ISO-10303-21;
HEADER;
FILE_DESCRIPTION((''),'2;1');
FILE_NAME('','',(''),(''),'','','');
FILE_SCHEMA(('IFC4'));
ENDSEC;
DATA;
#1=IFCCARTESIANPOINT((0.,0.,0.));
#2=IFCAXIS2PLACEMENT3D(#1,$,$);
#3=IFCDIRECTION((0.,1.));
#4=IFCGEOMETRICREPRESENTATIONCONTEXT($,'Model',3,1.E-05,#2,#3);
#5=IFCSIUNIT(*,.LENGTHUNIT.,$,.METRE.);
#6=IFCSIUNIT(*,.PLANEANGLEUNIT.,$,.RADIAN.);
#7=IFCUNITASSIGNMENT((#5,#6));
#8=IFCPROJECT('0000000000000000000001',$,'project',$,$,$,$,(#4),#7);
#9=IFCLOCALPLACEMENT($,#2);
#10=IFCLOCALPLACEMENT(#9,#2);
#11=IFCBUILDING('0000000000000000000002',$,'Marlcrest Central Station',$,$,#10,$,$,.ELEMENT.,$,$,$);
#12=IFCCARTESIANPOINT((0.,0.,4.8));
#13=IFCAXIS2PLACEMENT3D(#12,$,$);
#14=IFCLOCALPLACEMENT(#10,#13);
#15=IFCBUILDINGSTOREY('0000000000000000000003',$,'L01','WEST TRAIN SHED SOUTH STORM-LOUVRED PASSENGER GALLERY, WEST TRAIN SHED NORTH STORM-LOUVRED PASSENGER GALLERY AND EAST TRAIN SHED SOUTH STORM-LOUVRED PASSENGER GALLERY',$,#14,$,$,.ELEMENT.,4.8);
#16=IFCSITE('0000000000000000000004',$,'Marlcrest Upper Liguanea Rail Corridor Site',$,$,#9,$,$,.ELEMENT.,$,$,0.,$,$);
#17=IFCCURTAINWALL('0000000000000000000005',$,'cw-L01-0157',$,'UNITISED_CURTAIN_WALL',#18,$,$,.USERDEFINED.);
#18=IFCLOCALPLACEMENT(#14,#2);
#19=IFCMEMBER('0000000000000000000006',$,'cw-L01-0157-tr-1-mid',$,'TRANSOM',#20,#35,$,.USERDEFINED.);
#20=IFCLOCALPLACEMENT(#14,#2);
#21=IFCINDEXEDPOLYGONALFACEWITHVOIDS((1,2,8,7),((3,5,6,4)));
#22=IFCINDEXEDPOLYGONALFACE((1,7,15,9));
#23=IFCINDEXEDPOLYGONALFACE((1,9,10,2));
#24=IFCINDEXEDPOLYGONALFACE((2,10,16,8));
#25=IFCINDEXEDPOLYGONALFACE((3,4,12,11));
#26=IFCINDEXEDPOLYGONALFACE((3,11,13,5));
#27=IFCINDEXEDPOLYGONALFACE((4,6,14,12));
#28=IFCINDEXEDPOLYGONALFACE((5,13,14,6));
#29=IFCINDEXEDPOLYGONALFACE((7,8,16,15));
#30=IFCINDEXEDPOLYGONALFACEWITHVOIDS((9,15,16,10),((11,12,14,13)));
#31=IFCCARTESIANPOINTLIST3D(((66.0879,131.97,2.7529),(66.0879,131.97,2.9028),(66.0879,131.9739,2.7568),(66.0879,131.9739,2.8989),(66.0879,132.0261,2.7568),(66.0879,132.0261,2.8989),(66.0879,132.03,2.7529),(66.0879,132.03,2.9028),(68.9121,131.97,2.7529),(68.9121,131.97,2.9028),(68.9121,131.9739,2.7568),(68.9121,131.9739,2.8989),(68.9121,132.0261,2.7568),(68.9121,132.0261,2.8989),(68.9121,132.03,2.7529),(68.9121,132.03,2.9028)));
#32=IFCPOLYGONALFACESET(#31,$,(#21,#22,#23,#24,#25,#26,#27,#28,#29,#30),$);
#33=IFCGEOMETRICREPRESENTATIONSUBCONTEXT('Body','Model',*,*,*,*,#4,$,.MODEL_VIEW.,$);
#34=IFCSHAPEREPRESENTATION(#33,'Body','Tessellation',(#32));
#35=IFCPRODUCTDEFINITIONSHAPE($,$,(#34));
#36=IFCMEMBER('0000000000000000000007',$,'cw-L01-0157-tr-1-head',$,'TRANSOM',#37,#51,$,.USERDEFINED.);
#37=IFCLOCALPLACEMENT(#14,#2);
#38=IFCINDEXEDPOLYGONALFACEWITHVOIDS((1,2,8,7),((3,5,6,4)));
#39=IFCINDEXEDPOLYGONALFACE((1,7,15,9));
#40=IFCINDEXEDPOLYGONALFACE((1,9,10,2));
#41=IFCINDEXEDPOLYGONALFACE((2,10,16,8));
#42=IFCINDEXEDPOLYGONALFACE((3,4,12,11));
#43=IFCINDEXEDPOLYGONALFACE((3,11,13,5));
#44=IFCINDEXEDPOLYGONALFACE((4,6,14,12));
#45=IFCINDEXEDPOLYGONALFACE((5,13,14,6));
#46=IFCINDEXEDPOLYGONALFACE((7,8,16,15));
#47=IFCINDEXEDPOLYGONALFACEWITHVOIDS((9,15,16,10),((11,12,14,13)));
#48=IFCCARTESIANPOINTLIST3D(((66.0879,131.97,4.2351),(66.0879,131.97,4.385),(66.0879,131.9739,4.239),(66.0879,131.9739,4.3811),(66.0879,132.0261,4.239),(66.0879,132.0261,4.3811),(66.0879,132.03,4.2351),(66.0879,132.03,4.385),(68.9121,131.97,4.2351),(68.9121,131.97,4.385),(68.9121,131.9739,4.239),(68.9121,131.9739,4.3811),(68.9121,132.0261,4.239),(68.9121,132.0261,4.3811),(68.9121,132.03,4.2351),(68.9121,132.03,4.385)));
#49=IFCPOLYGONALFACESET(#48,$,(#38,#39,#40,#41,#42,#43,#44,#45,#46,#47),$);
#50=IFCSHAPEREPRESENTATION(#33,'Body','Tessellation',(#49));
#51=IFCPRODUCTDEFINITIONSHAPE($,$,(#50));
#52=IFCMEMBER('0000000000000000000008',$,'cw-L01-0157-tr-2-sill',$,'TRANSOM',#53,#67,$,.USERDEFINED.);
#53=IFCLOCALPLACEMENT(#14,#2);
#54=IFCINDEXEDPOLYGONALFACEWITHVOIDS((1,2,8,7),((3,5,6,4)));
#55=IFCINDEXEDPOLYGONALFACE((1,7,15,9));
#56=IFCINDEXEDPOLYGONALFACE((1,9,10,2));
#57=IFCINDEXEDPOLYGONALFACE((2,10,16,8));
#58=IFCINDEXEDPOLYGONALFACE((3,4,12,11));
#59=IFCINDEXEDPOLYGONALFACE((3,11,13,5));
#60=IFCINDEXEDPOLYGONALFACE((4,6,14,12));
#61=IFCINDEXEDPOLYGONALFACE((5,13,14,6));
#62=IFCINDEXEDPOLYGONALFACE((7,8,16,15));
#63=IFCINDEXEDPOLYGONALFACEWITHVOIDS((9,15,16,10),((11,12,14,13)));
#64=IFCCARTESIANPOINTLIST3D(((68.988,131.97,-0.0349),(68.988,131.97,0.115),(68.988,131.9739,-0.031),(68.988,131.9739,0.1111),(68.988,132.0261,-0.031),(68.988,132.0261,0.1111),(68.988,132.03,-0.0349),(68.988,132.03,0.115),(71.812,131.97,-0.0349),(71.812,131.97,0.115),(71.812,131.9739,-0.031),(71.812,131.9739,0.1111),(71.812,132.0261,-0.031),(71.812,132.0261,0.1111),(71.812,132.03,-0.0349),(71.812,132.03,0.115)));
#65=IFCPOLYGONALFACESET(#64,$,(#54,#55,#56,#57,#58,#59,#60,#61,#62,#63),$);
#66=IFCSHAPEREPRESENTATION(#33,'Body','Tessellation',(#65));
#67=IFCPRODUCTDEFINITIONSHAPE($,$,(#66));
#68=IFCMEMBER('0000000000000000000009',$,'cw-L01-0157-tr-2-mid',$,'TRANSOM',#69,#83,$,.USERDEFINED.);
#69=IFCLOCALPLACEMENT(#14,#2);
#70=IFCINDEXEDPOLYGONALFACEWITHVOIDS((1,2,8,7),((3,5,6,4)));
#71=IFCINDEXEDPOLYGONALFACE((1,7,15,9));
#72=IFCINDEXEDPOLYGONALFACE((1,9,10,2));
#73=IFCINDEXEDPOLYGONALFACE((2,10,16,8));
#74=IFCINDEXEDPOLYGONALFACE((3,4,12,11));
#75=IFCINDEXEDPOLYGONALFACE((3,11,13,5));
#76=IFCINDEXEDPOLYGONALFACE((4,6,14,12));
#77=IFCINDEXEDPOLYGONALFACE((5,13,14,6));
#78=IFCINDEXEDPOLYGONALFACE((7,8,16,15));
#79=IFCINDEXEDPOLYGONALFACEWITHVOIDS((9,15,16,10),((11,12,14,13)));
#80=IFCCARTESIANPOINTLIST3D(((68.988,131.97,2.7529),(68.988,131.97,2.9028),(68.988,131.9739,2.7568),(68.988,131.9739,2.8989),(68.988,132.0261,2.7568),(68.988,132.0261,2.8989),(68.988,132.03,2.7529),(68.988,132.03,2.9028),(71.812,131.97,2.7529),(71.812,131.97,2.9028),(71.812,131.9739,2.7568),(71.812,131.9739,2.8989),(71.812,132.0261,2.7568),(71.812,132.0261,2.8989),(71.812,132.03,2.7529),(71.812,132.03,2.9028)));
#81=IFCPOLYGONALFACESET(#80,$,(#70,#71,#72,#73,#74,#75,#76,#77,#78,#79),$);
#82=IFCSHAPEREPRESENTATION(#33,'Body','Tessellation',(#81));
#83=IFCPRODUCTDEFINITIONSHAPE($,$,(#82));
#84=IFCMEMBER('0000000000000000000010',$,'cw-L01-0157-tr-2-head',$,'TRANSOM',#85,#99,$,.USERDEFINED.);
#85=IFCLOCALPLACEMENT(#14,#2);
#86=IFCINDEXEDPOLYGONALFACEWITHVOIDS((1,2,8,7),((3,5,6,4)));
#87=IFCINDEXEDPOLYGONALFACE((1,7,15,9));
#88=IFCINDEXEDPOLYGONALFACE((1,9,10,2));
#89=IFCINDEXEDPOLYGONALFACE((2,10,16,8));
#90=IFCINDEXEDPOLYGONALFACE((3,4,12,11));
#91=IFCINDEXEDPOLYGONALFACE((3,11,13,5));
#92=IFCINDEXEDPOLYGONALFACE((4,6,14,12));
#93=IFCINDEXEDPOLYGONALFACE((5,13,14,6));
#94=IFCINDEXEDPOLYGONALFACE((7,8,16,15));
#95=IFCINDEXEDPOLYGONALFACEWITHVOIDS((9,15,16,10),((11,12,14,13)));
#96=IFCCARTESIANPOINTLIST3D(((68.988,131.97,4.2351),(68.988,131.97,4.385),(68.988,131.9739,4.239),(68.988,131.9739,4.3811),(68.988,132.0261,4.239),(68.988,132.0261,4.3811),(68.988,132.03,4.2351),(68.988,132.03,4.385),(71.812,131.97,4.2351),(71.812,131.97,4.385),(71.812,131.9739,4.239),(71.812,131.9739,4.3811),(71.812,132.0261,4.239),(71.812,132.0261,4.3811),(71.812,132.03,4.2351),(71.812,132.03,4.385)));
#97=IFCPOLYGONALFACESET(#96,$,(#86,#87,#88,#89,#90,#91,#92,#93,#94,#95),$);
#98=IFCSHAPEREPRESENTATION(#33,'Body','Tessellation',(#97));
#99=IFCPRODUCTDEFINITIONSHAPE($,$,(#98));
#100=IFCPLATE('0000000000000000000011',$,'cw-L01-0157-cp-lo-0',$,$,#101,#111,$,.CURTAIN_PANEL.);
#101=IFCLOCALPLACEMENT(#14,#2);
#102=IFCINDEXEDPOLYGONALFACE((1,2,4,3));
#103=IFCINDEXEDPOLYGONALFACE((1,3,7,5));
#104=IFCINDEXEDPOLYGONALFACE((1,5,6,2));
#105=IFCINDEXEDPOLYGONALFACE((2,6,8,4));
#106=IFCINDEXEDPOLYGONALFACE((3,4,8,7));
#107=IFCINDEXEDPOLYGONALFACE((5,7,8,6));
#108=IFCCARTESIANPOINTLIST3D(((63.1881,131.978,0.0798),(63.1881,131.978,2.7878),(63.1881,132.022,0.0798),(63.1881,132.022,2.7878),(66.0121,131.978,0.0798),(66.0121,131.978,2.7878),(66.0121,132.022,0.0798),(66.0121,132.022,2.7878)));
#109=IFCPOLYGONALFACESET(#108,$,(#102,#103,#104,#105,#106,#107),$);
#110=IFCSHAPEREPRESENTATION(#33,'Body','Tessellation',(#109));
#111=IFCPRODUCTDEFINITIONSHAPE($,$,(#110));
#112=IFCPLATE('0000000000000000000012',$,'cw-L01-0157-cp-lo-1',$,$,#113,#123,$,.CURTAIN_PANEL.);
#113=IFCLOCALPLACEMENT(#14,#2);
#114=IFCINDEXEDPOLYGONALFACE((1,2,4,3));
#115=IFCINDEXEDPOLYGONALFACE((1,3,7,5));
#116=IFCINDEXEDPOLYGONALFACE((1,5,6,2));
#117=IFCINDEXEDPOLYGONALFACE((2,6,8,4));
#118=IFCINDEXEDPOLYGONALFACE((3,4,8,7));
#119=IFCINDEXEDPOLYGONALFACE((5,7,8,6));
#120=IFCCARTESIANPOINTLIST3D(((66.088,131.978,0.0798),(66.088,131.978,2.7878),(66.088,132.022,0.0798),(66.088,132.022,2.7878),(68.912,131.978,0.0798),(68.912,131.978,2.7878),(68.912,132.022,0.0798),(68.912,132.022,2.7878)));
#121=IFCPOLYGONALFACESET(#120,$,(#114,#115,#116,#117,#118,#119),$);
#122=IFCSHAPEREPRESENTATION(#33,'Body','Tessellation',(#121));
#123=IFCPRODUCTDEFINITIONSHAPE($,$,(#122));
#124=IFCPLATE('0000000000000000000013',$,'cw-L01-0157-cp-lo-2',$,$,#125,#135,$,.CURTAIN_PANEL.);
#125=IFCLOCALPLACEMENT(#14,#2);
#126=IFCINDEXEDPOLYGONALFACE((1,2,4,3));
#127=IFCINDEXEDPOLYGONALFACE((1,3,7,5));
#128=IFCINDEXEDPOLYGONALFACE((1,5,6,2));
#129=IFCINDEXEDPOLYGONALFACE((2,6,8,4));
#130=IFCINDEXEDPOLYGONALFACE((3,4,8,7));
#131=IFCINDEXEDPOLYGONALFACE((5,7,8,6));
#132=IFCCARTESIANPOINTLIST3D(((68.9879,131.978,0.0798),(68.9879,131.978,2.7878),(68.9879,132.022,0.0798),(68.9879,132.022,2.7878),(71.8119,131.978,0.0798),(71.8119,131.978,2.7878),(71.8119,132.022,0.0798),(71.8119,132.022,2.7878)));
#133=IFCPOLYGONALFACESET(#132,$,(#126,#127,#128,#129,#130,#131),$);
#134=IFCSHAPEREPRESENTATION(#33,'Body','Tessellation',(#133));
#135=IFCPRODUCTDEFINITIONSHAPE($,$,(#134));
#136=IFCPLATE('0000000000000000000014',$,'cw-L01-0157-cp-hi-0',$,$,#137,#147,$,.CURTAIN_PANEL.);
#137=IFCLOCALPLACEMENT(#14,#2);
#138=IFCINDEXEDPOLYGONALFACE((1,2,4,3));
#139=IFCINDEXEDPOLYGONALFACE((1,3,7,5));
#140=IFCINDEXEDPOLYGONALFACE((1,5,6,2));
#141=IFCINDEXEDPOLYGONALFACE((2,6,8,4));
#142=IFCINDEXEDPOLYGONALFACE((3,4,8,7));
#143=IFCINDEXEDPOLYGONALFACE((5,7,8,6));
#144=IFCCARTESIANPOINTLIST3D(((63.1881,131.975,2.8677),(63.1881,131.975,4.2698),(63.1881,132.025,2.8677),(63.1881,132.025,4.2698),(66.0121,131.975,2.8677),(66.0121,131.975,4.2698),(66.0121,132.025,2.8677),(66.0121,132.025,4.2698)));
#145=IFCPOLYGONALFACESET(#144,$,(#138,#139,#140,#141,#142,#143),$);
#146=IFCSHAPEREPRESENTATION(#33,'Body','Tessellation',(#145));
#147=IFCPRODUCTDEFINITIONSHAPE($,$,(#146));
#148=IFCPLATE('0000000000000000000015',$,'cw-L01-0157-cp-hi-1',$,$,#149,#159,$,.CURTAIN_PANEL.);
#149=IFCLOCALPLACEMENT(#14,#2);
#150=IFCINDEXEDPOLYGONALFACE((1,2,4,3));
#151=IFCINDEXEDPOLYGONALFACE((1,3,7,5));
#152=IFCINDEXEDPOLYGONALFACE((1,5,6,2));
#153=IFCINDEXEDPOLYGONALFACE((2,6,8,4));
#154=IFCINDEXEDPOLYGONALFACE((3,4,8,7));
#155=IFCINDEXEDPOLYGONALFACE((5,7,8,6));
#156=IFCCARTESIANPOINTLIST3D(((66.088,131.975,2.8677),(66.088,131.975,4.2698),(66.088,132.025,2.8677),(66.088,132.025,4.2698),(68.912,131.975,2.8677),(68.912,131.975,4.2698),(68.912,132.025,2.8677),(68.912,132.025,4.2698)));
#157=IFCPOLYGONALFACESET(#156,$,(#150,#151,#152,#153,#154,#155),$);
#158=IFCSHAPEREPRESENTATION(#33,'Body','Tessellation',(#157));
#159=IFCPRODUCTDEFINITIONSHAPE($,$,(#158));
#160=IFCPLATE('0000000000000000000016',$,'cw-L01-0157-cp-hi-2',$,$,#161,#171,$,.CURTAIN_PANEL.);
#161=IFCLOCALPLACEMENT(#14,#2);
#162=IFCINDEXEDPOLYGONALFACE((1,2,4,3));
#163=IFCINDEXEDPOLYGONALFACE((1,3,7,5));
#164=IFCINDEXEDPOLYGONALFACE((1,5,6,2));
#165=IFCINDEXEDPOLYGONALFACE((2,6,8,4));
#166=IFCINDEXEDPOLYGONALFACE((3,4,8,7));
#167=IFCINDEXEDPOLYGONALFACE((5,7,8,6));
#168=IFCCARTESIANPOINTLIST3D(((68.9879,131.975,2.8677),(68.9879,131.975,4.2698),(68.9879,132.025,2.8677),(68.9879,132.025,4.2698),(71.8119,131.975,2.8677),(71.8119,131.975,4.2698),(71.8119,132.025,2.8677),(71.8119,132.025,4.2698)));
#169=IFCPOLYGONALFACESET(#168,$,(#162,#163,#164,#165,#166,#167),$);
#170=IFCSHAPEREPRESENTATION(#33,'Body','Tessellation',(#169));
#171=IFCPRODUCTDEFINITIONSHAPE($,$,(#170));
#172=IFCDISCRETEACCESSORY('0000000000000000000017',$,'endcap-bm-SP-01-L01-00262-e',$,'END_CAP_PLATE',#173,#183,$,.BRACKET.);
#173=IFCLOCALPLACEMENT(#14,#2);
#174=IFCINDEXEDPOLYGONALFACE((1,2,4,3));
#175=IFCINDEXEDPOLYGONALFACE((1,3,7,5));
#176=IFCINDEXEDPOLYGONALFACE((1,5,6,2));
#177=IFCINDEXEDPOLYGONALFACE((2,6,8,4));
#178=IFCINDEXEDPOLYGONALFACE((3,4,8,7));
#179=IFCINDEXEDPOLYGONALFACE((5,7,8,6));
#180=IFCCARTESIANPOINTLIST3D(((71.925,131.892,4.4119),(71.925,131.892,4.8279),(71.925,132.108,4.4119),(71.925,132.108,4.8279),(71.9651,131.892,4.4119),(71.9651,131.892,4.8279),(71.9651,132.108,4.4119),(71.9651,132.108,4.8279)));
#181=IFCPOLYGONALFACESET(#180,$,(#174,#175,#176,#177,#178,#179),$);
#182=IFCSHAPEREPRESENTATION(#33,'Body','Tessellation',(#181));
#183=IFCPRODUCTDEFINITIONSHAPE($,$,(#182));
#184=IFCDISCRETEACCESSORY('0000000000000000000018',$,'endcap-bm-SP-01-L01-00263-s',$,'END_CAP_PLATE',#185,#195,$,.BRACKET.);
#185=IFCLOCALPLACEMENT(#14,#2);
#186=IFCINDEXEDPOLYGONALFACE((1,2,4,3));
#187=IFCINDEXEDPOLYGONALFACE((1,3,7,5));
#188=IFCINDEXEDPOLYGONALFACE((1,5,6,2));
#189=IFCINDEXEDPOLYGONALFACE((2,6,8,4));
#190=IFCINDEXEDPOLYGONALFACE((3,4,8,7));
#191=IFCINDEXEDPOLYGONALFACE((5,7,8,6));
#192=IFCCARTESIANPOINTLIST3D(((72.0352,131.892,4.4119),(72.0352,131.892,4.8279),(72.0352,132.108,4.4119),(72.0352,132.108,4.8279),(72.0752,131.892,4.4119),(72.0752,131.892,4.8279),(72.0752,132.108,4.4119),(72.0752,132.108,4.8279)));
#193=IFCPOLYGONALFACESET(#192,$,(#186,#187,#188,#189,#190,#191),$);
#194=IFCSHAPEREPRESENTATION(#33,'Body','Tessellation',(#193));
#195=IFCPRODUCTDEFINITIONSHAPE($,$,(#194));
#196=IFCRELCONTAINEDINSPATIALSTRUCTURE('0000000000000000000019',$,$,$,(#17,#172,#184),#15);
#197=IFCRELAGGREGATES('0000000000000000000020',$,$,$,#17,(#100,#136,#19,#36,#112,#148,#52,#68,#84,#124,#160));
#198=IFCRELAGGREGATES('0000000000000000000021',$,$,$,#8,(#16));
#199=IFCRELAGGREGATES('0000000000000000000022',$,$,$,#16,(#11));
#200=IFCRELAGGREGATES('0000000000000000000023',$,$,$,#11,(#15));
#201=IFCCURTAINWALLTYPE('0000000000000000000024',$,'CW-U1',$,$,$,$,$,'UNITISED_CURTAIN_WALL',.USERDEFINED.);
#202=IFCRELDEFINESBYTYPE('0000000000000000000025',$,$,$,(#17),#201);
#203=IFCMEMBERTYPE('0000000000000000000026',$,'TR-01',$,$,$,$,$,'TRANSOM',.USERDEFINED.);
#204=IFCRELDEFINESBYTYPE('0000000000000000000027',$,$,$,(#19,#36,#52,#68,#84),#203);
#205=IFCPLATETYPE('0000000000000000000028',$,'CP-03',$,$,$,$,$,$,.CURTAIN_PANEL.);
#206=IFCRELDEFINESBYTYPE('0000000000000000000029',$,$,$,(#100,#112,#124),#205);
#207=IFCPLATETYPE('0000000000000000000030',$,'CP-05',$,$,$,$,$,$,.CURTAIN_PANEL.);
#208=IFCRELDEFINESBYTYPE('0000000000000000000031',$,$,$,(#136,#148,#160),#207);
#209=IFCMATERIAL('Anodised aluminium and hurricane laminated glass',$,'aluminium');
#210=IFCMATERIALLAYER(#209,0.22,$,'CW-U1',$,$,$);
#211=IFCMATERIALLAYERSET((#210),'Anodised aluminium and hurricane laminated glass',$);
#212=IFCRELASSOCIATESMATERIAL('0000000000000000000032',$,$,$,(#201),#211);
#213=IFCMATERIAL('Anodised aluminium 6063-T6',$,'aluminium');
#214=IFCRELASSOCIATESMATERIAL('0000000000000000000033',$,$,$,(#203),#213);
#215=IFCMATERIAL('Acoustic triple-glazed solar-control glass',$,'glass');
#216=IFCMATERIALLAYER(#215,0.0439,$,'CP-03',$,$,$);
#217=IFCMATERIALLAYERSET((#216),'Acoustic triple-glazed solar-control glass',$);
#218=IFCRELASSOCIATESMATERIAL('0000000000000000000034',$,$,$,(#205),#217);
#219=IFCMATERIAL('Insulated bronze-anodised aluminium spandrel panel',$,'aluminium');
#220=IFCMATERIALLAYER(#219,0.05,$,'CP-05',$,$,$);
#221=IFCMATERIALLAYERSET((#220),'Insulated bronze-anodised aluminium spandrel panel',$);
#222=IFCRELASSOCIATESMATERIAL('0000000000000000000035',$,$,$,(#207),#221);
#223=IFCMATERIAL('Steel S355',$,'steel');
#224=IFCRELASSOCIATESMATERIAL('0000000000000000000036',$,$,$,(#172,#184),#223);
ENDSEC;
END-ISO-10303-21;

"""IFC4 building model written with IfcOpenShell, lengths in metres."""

from ifc_helpers import new_model, si_unit, direction, frame, origin, origin_2d, place, context, subcontext, project, spatial, rectangle, hollow_rectangle, extrude, material, layer, layer_set, material_profile, profile_set, type_object, element, aggregate, save


model = new_model("IFC4")

# Units and contexts
model_context = context("Model", 3, precision=1e-05, world=origin(), true_north=direction((0.0, 1.0)))
body_context = subcontext(model_context, "Body", "Model", "MODEL_VIEW")
ifc_project = project(units=[si_unit("LENGTHUNIT", "METRE"), si_unit("PLANEANGLEUNIT", "RADIAN")], contexts=[model_context])

# Site, building, storey
site_placement = place(None, origin())
site = spatial("IfcSite", under=ifc_project, at=site_placement, Name="Marlcrest Upper Liguanea Rail Corridor Site", CompositionType="ELEMENT", RefElevation=0.0)
building_placement = place(site_placement, origin())
building = spatial("IfcBuilding", under=site, at=building_placement, Name="Marlcrest Central Station", CompositionType="ELEMENT")
storey_placement = place(building_placement, frame((0.0, 0.0, 4.8)))
storey = spatial("IfcBuildingStorey", under=building, at=storey_placement, Name="L01", Description="WEST TRAIN SHED SOUTH STORM-LOUVRED PASSENGER GALLERY, WEST TRAIN SHED NORTH STORM-LOUVRED PASSENGER GALLERY AND EAST TRAIN SHED SOUTH STORM-LOUVRED PASSENGER GALLERY", CompositionType="ELEMENT", Elevation=4.8)

# Shared definitions
ifc_material_1 = material(Name="Steel S355", Category="steel")

# Curtain wall
ifc_material_2 = material(Name="Anodised aluminium and hurricane laminated glass", Category="aluminium")
ifc_layer_1 = layer(ifc_material_2, 0.22, Name="CW-U1")
ifc_layer_set_1 = layer_set([ifc_layer_1], Name="Anodised aluminium and hurricane laminated glass")
curtain_wall_type = type_object("IfcCurtainWallType", Name="CW-U1", ElementType="UNITISED_CURTAIN_WALL", PredefinedType="USERDEFINED", material=ifc_layer_set_1)
curtain_wall_placement = place(storey_placement, origin())
curtain_wall = element("IfcCurtainWall", 1, at=curtain_wall_placement, inside=storey, type_object=curtain_wall_type, Name="cw-L01-0157", ObjectType="UNITISED_CURTAIN_WALL", PredefinedType="USERDEFINED")
ifc_material_3 = material(Name="Anodised aluminium 6063-T6", Category="aluminium")

# Members
ifc_material_profile_1 = material_profile(ifc_material_3, hollow_rectangle(XDim=0.0601, YDim=0.1499, WallThickness=0.0039, at=origin_2d()), Name="AA-RHS 150x60x4")
ifc_profile_set_1 = profile_set([ifc_material_profile_1], Name="Anodised aluminium 6063-T6")
member_type_1 = type_object("IfcMemberType", Name="TR-01", ElementType="TRANSOM", PredefinedType="USERDEFINED", material=ifc_profile_set_1)
member_1_placement = place(storey_placement, frame((66.0879, 132.0, 2.8279), z_axis=(1.0, 0.0, 0.0), x_axis=(0.0, 1.0, 0.0)))
member_1 = element("IfcMember", 2, at=member_1_placement, type_object=member_type_1, Name="cw-L01-0157-tr-1-mid", ObjectType="TRANSOM", PredefinedType="USERDEFINED", context=body_context, shape_type="SweptSolid", body=[
    extrude(hollow_rectangle(XDim=0.0601, YDim=0.1499, WallThickness=0.0039, at=origin_2d()), origin(), (0.0, 0.0, 1.0), 2.8242),
])
member_2_placement = place(storey_placement, frame((66.0879, 132.0, 4.3101), z_axis=(1.0, 0.0, 0.0), x_axis=(0.0, 1.0, 0.0)))
member_2 = element("IfcMember", 3, at=member_2_placement, type_object=member_type_1, Name="cw-L01-0157-tr-1-head", ObjectType="TRANSOM", PredefinedType="USERDEFINED", context=body_context, shape_type="SweptSolid", body=[
    extrude(hollow_rectangle(XDim=0.0601, YDim=0.1499, WallThickness=0.0039, at=origin_2d()), origin(), (0.0, 0.0, 1.0), 2.8242),
])
member_3_placement = place(storey_placement, frame((68.988, 132.0, 0.04), z_axis=(1.0, 0.0, 0.0), x_axis=(0.0, 1.0, 0.0)))
member_3 = element("IfcMember", 4, at=member_3_placement, type_object=member_type_1, Name="cw-L01-0157-tr-2-sill", ObjectType="TRANSOM", PredefinedType="USERDEFINED", context=body_context, shape_type="SweptSolid", body=[
    extrude(hollow_rectangle(XDim=0.0601, YDim=0.1499, WallThickness=0.0039, at=origin_2d()), origin(), (0.0, 0.0, 1.0), 2.824),
])
member_4_placement = place(storey_placement, frame((68.988, 132.0, 2.8279), z_axis=(1.0, 0.0, 0.0), x_axis=(0.0, 1.0, 0.0)))
member_4 = element("IfcMember", 5, at=member_4_placement, type_object=member_type_1, Name="cw-L01-0157-tr-2-mid", ObjectType="TRANSOM", PredefinedType="USERDEFINED", context=body_context, shape_type="SweptSolid", body=[
    extrude(hollow_rectangle(XDim=0.0601, YDim=0.1499, WallThickness=0.0039, at=origin_2d()), origin(), (0.0, 0.0, 1.0), 2.824),
])
member_5_placement = place(storey_placement, frame((68.988, 132.0, 4.3101), z_axis=(1.0, 0.0, 0.0), x_axis=(0.0, 1.0, 0.0)))
member_5 = element("IfcMember", 6, at=member_5_placement, type_object=member_type_1, Name="cw-L01-0157-tr-2-head", ObjectType="TRANSOM", PredefinedType="USERDEFINED", context=body_context, shape_type="SweptSolid", body=[
    extrude(hollow_rectangle(XDim=0.0601, YDim=0.1499, WallThickness=0.0039, at=origin_2d()), origin(), (0.0, 0.0, 1.0), 2.824),
])

# Plates
ifc_material_4 = material(Name="Acoustic triple-glazed solar-control glass", Category="glass")
ifc_layer_2 = layer(ifc_material_4, 0.0439, Name="CP-03")
ifc_layer_set_2 = layer_set([ifc_layer_2], Name="Acoustic triple-glazed solar-control glass")
plate_type_1 = type_object("IfcPlateType", Name="CP-03", PredefinedType="CURTAIN_PANEL", material=ifc_layer_set_2)
plate_1_placement = place(storey_placement, frame((64.6001, 132.0, 0.0798), z_axis=(0.0, 0.0, 1.0), x_axis=(1.0, 0.0, 0.0)))
plate_1 = element("IfcPlate", 7, at=plate_1_placement, type_object=plate_type_1, Name="cw-L01-0157-cp-lo-0", PredefinedType="CURTAIN_PANEL", context=body_context, shape_type="SweptSolid", body=[
    extrude(rectangle(XDim=2.824, YDim=0.0439, at=origin_2d()), origin(), (0.0, 0.0, 1.0), 2.708),
])
plate_2_placement = place(storey_placement, frame((67.5, 132.0, 0.0798), z_axis=(0.0, 0.0, 1.0), x_axis=(1.0, 0.0, 0.0)))
plate_2 = element("IfcPlate", 8, at=plate_2_placement, type_object=plate_type_1, Name="cw-L01-0157-cp-lo-1", PredefinedType="CURTAIN_PANEL", context=body_context, shape_type="SweptSolid", body=[
    extrude(rectangle(XDim=2.824, YDim=0.0439, at=origin_2d()), origin(), (0.0, 0.0, 1.0), 2.708),
])
plate_3_placement = place(storey_placement, frame((70.3999, 132.0, 0.0798), z_axis=(0.0, 0.0, 1.0), x_axis=(1.0, 0.0, 0.0)))
plate_3 = element("IfcPlate", 9, at=plate_3_placement, type_object=plate_type_1, Name="cw-L01-0157-cp-lo-2", PredefinedType="CURTAIN_PANEL", context=body_context, shape_type="SweptSolid", body=[
    extrude(rectangle(XDim=2.824, YDim=0.0439, at=origin_2d()), origin(), (0.0, 0.0, 1.0), 2.708),
])
ifc_material_5 = material(Name="Insulated bronze-anodised aluminium spandrel panel", Category="aluminium")
ifc_layer_3 = layer(ifc_material_5, 0.05, Name="CP-05")
ifc_layer_set_3 = layer_set([ifc_layer_3], Name="Insulated bronze-anodised aluminium spandrel panel")
plate_type_2 = type_object("IfcPlateType", Name="CP-05", PredefinedType="CURTAIN_PANEL", material=ifc_layer_set_3)
plate_4_placement = place(storey_placement, frame((64.6001, 132.0, 2.8677), z_axis=(0.0, 0.0, 1.0), x_axis=(1.0, 0.0, 0.0)))
plate_4 = element("IfcPlate", 10, at=plate_4_placement, type_object=plate_type_2, Name="cw-L01-0157-cp-hi-0", PredefinedType="CURTAIN_PANEL", context=body_context, shape_type="SweptSolid", body=[
    extrude(rectangle(XDim=2.824, YDim=0.05, at=origin_2d()), origin(), (0.0, 0.0, 1.0), 1.4021),
])
plate_5_placement = place(storey_placement, frame((67.5, 132.0, 2.8677), z_axis=(0.0, 0.0, 1.0), x_axis=(1.0, 0.0, 0.0)))
plate_5 = element("IfcPlate", 11, at=plate_5_placement, type_object=plate_type_2, Name="cw-L01-0157-cp-hi-1", PredefinedType="CURTAIN_PANEL", context=body_context, shape_type="SweptSolid", body=[
    extrude(rectangle(XDim=2.824, YDim=0.05, at=origin_2d()), origin(), (0.0, 0.0, 1.0), 1.4021),
])
plate_6_placement = place(storey_placement, frame((70.3999, 132.0, 2.8677), z_axis=(0.0, 0.0, 1.0), x_axis=(1.0, 0.0, 0.0)))
plate_6 = element("IfcPlate", 12, at=plate_6_placement, type_object=plate_type_2, Name="cw-L01-0157-cp-hi-2", PredefinedType="CURTAIN_PANEL", context=body_context, shape_type="SweptSolid", body=[
    extrude(rectangle(XDim=2.824, YDim=0.05, at=origin_2d()), origin(), (0.0, 0.0, 1.0), 1.4021),
])
aggregate(curtain_wall, [plate_1, plate_4, member_1, member_2, plate_2, plate_5, member_3, member_4, member_5, plate_3, plate_6])

# Discrete accessories
for number, where, z_axis, x_axis, name in (
    (13, (71.925, 132.0, 4.6199), (1.0, 0.0, 0.0), (0.0, 1.0, 0.0), "endcap-bm-SP-01-L01-00262-e"),
    (14, (72.0352, 132.0, 4.6199), (1.0, 0.0, 0.0), (0.0, 1.0, 0.0), "endcap-bm-SP-01-L01-00263-s"),
):
    element("IfcDiscreteAccessory", number, at=place(storey_placement, frame(where, z_axis=z_axis, x_axis=x_axis)), inside=storey, material=ifc_material_1, Name=name, ObjectType="END_CAP_PLATE", PredefinedType="BRACKET", context=body_context, shape_type="SweptSolid", body=[
        extrude(rectangle(XDim=0.2161, YDim=0.416, at=origin_2d()), origin(), (0.0, 0.0, 1.0), 0.04),
    ])

save(model, "model.ifc")
